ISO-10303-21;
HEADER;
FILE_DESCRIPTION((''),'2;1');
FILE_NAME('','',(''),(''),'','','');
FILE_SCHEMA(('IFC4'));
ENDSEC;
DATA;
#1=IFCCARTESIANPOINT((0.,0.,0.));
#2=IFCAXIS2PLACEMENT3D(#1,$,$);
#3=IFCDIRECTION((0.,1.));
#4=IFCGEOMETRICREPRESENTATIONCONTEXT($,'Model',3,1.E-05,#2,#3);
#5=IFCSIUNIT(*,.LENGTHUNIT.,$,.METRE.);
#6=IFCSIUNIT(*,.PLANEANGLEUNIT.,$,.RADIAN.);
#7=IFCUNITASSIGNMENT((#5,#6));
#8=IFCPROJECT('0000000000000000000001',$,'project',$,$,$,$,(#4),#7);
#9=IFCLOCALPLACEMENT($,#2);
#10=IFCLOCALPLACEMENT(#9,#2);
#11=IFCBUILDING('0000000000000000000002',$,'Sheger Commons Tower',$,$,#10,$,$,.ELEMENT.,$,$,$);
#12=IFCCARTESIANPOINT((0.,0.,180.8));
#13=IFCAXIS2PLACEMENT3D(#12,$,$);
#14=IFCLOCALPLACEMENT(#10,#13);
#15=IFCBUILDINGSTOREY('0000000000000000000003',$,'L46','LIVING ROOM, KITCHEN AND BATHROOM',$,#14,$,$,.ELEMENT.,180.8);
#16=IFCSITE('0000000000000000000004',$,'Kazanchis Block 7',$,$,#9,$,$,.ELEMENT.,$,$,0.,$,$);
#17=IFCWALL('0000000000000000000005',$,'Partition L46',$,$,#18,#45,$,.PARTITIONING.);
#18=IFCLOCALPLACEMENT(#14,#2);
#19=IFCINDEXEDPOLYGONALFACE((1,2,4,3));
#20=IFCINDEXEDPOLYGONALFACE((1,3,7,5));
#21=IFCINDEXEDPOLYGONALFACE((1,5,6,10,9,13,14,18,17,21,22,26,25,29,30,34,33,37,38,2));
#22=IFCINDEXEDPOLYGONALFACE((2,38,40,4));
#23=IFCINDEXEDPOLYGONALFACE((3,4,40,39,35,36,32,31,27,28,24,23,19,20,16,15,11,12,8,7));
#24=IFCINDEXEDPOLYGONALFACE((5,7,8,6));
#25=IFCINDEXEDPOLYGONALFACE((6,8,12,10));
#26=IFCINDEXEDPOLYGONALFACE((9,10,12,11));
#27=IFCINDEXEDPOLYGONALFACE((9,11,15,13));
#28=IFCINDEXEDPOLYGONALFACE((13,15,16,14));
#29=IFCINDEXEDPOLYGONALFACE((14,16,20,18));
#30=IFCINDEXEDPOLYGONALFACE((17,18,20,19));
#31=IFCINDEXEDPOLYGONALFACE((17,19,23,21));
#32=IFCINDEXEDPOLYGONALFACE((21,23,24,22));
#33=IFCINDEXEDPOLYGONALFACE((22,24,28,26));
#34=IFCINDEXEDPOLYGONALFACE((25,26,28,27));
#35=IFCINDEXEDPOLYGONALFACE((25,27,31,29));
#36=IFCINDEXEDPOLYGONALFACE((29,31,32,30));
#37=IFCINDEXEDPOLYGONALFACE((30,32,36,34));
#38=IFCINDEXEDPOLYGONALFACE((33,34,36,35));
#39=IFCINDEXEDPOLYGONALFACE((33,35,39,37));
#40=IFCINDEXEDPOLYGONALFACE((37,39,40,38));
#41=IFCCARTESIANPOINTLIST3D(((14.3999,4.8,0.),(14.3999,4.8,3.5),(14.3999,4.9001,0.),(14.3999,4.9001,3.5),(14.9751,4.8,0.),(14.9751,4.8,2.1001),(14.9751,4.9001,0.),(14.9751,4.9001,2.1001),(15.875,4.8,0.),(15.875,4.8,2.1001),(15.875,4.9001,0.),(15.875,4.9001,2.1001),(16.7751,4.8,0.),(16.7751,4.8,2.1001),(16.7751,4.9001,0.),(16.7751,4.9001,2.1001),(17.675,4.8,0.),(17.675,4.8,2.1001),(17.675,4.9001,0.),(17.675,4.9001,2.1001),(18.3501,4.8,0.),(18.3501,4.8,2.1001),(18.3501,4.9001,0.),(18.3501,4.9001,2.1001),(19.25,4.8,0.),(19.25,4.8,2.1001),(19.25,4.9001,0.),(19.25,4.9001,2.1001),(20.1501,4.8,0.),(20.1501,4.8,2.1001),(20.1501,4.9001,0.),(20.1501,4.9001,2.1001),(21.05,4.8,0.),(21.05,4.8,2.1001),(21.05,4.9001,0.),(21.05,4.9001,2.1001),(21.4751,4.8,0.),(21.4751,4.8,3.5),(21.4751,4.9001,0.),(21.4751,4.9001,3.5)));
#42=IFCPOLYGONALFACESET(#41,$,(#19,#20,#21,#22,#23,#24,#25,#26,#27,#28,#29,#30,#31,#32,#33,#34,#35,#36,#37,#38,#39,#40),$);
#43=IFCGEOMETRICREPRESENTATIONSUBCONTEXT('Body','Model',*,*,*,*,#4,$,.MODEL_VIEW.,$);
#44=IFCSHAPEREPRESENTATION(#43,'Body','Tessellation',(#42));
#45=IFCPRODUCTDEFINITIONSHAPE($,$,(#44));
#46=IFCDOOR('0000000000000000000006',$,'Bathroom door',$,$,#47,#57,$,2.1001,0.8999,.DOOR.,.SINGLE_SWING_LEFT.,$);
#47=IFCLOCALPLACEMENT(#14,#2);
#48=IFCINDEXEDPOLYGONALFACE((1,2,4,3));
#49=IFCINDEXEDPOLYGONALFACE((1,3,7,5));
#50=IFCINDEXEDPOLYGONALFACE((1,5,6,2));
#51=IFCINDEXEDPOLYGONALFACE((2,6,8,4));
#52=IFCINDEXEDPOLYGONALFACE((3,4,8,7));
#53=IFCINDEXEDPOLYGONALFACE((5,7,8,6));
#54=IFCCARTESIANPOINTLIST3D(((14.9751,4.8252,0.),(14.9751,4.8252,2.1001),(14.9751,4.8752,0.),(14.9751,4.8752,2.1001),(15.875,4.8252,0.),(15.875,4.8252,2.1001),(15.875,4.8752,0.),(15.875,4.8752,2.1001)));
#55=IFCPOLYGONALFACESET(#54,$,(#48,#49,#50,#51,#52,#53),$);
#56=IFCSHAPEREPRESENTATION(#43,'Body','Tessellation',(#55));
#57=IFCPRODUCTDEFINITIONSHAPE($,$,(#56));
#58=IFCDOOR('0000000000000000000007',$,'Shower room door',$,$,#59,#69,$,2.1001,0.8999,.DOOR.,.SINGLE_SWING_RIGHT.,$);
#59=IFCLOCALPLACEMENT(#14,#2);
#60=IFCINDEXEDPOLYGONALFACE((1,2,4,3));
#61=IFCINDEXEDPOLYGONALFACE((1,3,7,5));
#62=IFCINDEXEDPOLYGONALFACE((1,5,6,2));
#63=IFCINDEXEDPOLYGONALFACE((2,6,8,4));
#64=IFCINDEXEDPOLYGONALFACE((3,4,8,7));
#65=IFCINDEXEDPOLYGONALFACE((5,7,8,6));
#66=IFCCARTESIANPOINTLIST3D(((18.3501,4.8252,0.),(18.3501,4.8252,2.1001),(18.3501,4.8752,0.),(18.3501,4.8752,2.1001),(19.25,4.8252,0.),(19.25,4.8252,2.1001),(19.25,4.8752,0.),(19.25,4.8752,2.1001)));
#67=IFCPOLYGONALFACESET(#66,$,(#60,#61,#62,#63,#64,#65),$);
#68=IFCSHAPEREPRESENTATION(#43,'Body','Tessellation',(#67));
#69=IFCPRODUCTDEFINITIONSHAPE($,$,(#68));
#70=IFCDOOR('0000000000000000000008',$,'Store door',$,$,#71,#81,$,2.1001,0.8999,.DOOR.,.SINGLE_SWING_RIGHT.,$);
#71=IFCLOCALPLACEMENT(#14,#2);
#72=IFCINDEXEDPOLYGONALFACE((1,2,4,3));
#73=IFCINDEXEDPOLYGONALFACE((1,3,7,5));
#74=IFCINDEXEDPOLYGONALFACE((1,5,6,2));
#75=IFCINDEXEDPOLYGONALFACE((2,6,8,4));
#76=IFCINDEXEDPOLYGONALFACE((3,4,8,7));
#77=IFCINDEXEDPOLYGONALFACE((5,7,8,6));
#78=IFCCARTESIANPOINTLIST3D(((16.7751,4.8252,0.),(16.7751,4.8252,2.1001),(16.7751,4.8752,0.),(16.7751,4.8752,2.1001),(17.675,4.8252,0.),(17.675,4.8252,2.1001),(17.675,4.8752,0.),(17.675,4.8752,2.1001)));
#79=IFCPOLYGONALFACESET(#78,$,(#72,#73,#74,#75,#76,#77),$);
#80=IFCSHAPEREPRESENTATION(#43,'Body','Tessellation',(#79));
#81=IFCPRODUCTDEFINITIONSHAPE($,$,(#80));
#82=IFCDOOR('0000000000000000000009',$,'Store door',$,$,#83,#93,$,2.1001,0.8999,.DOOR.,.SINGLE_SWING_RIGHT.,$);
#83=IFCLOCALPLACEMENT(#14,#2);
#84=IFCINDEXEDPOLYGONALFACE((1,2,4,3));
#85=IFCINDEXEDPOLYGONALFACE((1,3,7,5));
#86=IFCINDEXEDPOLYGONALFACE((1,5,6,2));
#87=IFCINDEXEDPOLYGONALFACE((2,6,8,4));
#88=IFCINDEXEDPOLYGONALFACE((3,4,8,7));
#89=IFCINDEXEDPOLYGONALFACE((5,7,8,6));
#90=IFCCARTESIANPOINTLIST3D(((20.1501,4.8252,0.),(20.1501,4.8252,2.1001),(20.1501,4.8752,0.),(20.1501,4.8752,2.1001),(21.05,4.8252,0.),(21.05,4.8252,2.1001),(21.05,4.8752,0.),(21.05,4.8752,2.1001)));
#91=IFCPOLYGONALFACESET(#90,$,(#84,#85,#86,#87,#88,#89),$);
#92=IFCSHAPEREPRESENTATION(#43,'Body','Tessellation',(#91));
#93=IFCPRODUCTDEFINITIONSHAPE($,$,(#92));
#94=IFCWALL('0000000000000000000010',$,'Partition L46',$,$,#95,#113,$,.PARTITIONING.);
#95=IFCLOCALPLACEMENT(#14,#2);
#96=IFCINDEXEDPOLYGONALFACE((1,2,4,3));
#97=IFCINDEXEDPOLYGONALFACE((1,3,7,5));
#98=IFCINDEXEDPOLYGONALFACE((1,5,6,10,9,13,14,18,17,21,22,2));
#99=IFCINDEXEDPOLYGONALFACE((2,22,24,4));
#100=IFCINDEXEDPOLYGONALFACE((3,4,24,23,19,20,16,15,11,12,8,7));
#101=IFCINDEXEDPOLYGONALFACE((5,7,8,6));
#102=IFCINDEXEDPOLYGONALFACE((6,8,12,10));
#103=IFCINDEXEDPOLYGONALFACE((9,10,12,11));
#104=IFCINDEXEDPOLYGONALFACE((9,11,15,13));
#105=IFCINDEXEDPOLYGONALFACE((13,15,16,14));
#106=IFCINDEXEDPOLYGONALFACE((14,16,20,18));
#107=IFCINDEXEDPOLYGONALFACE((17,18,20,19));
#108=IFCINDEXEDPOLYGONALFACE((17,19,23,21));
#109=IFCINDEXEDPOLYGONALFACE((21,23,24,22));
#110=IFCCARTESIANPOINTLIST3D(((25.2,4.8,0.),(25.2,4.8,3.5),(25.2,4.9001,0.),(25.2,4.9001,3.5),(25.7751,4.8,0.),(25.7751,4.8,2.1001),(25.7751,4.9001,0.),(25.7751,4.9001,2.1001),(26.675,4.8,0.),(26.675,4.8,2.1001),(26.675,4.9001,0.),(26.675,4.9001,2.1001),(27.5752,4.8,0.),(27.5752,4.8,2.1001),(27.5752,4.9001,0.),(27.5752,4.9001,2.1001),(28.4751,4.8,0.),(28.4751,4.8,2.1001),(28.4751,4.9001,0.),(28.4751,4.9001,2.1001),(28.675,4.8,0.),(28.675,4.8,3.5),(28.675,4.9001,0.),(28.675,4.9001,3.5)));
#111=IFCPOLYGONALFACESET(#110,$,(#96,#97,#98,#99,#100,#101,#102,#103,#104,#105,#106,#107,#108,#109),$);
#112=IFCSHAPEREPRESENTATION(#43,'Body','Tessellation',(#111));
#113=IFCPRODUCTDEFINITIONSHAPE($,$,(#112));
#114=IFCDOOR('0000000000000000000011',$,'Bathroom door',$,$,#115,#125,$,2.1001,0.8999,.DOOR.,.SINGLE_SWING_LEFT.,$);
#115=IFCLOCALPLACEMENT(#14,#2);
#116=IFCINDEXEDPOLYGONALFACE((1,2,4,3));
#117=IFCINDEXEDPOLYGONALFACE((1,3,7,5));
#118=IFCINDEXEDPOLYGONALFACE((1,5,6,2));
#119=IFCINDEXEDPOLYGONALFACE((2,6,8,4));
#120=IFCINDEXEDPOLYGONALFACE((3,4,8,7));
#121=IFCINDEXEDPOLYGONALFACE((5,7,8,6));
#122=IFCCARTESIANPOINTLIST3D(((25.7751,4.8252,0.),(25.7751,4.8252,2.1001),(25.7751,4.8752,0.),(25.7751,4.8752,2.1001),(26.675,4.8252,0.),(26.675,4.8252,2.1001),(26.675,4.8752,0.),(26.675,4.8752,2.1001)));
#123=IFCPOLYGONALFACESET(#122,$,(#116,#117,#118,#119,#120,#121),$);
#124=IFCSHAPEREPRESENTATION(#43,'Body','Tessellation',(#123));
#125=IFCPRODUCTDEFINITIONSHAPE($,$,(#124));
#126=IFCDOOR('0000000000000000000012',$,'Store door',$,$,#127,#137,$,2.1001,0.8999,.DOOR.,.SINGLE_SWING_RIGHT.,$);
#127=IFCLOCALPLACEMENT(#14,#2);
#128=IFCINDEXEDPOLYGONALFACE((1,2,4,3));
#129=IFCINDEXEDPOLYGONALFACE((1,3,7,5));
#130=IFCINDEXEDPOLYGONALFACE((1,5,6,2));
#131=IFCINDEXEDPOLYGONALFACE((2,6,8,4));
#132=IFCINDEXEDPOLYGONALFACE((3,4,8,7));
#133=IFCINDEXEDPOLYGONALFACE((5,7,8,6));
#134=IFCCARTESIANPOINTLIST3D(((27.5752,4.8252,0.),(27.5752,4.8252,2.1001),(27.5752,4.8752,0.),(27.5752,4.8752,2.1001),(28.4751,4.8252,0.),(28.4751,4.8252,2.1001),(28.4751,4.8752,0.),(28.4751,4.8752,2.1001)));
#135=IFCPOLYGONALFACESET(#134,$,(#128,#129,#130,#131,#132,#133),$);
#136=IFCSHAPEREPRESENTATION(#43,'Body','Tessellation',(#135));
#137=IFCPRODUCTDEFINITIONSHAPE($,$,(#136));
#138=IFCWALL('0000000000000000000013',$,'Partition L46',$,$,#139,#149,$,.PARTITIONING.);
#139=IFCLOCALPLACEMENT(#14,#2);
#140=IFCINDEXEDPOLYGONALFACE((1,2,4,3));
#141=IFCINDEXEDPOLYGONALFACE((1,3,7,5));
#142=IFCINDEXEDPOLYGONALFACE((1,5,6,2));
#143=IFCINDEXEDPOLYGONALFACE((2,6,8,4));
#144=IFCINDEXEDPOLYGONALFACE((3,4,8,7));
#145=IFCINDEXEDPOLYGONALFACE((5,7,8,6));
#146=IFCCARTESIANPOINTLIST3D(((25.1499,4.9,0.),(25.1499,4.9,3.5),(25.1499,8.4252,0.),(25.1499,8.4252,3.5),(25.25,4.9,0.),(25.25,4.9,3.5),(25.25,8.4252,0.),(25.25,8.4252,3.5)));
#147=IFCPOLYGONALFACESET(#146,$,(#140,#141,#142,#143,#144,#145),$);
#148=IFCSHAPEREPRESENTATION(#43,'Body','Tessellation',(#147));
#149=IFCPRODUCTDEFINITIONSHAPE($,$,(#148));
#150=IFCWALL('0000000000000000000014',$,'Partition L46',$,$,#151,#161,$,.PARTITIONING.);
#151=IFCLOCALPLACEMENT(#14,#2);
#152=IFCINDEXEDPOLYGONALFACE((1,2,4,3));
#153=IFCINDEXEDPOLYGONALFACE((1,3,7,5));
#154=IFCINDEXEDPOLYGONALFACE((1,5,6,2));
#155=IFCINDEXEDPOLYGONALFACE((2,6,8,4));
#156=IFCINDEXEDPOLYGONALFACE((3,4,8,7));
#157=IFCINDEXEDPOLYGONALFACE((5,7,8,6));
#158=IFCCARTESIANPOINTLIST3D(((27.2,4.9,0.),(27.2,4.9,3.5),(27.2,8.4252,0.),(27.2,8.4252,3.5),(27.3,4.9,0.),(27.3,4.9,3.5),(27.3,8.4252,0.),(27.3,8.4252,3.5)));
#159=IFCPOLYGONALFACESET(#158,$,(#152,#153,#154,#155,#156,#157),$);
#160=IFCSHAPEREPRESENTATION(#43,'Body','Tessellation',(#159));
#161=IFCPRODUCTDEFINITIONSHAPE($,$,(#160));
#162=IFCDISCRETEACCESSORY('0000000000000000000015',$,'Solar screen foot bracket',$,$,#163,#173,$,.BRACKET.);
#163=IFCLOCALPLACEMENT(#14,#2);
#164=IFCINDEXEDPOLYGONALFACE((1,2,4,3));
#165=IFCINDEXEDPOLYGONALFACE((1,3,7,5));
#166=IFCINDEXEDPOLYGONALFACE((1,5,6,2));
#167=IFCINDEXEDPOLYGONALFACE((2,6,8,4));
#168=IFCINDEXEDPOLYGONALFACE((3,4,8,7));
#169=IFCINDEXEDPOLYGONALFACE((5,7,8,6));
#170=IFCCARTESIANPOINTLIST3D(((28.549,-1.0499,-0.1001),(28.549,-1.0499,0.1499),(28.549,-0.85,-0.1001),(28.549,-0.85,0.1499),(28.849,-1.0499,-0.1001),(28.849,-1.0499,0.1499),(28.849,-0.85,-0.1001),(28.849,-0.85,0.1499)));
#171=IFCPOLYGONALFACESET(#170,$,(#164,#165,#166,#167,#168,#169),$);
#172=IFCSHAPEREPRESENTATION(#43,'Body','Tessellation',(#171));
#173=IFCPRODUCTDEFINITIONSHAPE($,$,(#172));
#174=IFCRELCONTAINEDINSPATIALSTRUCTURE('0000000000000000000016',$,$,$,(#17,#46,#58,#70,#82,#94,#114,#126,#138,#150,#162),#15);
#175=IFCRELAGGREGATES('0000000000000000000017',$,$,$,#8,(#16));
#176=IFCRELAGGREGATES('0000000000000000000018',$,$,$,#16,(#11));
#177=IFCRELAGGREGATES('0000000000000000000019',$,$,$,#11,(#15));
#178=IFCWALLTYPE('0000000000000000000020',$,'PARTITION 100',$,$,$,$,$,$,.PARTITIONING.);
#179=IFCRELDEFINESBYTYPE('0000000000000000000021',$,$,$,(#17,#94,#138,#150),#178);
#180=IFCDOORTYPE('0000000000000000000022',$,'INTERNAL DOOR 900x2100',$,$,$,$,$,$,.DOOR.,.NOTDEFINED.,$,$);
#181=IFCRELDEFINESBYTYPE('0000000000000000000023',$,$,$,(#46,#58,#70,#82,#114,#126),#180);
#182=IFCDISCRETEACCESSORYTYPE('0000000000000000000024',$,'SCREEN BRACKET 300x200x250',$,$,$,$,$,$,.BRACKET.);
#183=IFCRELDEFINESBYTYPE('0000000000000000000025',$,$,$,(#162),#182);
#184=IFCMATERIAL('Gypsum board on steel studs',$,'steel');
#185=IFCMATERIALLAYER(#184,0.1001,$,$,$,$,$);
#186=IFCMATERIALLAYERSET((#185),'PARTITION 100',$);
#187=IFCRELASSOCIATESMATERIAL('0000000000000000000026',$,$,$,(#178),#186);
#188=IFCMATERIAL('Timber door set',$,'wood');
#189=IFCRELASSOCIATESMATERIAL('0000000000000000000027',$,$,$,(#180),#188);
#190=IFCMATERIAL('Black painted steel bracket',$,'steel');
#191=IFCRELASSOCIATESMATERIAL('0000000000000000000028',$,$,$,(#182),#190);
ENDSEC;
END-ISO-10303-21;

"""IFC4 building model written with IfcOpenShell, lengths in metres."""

from ifc_helpers import new_model, si_unit, direction, frame, frame_2d, origin, origin_2d, place, context, subcontext, project, spatial, rectangle, extrude, material, layer, layer_set, type_object, element, fill, save


model = new_model("IFC4")

# Units and contexts
model_context = context("Model", 3, precision=1e-05, world=origin(), true_north=direction((0.0, 1.0)))
body_context = subcontext(model_context, "Body", "Model", "MODEL_VIEW")
ifc_project = project(units=[si_unit("LENGTHUNIT", "METRE"), si_unit("PLANEANGLEUNIT", "RADIAN")], contexts=[model_context])

# Site, building, storey
site_placement = place(None, origin())
site = spatial("IfcSite", under=ifc_project, at=site_placement, Name="Kazanchis Block 7", CompositionType="ELEMENT", RefElevation=0.0)
building_placement = place(site_placement, origin())
building = spatial("IfcBuilding", under=site, at=building_placement, Name="Sheger Commons Tower", CompositionType="ELEMENT")
storey_placement = place(building_placement, frame((0.0, 0.0, 180.8)))
storey = spatial("IfcBuildingStorey", under=building, at=storey_placement, Name="L46", Description="LIVING ROOM, KITCHEN AND BATHROOM", CompositionType="ELEMENT", Elevation=180.8)

# Walls, openings, doors
ifc_material_1 = material(Name="Gypsum board on steel studs", Category="steel")
ifc_layer_1 = layer(ifc_material_1, 0.1001)
ifc_layer_set_1 = layer_set([ifc_layer_1], Name="PARTITION 100")
wall_type_1 = type_object("IfcWallType", Name="PARTITION 100", PredefinedType="PARTITIONING", material=ifc_layer_set_1)
ifc_material_2 = material(Name="Timber door set", Category="wood")
door_type = type_object("IfcDoorType", Name="INTERNAL DOOR 900x2100", OperationType="NOTDEFINED", PredefinedType="DOOR", material=ifc_material_2)
wall_1_placement = place(storey_placement, frame((21.4751, 4.8501, 0.0), z_axis=(0.0, 0.0, 1.0), x_axis=(-1.0, 0.0, 0.0)))
wall_1 = element("IfcWall", 1, at=wall_1_placement, inside=storey, type_object=wall_type_1, Name="Partition L46", PredefinedType="PARTITIONING", context=body_context, shape_type="SweptSolid", body=[
    extrude(rectangle(XDim=7.0752, YDim=0.1001, at=frame_2d((3.5376, 0.0))), origin(), (0.0, 0.0, 1.0), 3.5),
])
opening_1_placement = place(wall_1_placement, frame((5.6001, 0.0, 0.0)))
opening_1 = element("IfcOpeningElement", 2, at=opening_1_placement, cuts=wall_1, PredefinedType="OPENING", context=body_context, shape_type="SweptSolid", body=[
    extrude(rectangle(XDim=0.8999, YDim=2.1001, at=frame_2d((0.45, 1.05))), frame((0.0, 0.0601, 0.0), z_axis=(0.0, -1.0, 0.0), x_axis=(1.0, 0.0, 0.0)), (0.0, 0.0, 1.0), 0.1201),
])
opening_2_placement = place(wall_1_placement, frame((2.2251, 0.0, 0.0)))
opening_2 = element("IfcOpeningElement", 3, at=opening_2_placement, cuts=wall_1, PredefinedType="OPENING", context=body_context, shape_type="SweptSolid", body=[
    extrude(rectangle(XDim=0.8999, YDim=2.1001, at=frame_2d((0.45, 1.05))), frame((0.0, 0.0601, 0.0), z_axis=(0.0, -1.0, 0.0), x_axis=(1.0, 0.0, 0.0)), (0.0, 0.0, 1.0), 0.1201),
])
opening_3_placement = place(wall_1_placement, frame((3.8, 0.0, 0.0)))
opening_3 = element("IfcOpeningElement", 4, at=opening_3_placement, cuts=wall_1, PredefinedType="OPENING", context=body_context, shape_type="SweptSolid", body=[
    extrude(rectangle(XDim=0.8999, YDim=2.1001, at=frame_2d((0.45, 1.05))), frame((0.0, 0.0601, 0.0), z_axis=(0.0, -1.0, 0.0), x_axis=(1.0, 0.0, 0.0)), (0.0, 0.0, 1.0), 0.1201),
])
opening_4_placement = place(wall_1_placement, frame((0.425, 0.0, 0.0)))
opening_4 = element("IfcOpeningElement", 5, at=opening_4_placement, cuts=wall_1, PredefinedType="OPENING", context=body_context, shape_type="SweptSolid", body=[
    extrude(rectangle(XDim=0.8999, YDim=2.1001, at=frame_2d((0.45, 1.05))), frame((0.0, 0.0601, 0.0), z_axis=(0.0, -1.0, 0.0), x_axis=(1.0, 0.0, 0.0)), (0.0, 0.0, 1.0), 0.1201),
])
door_1_placement = place(opening_1_placement, origin())
door_1 = element("IfcDoor", 6, at=door_1_placement, inside=storey, type_object=door_type, Name="Bathroom door", OperationType="SINGLE_SWING_LEFT", OverallHeight=2.1001, OverallWidth=0.8999, PredefinedType="DOOR", context=body_context, shape_type="SweptSolid", body=[
    extrude(rectangle(XDim=0.8999, YDim=2.1001, at=frame_2d((0.45, 1.05))), frame((0.0, 0.0249, 0.0), z_axis=(0.0, -1.0, 0.0), x_axis=(1.0, 0.0, 0.0)), (0.0, 0.0, 1.0), 0.05),
])
fill(opening_1, door_1)
door_2_placement = place(opening_2_placement, origin())
door_2 = element("IfcDoor", 7, at=door_2_placement, inside=storey, type_object=door_type, Name="Shower room door", OperationType="SINGLE_SWING_RIGHT", OverallHeight=2.1001, OverallWidth=0.8999, PredefinedType="DOOR", context=body_context, shape_type="SweptSolid", body=[
    extrude(rectangle(XDim=0.8999, YDim=2.1001, at=frame_2d((0.45, 1.05))), frame((0.0, 0.0249, 0.0), z_axis=(0.0, -1.0, 0.0), x_axis=(1.0, 0.0, 0.0)), (0.0, 0.0, 1.0), 0.05),
])
fill(opening_2, door_2)
door_3_placement = place(opening_3_placement, origin())
door_3 = element("IfcDoor", 8, at=door_3_placement, inside=storey, type_object=door_type, Name="Store door", OperationType="SINGLE_SWING_RIGHT", OverallHeight=2.1001, OverallWidth=0.8999, PredefinedType="DOOR", context=body_context, shape_type="SweptSolid", body=[
    extrude(rectangle(XDim=0.8999, YDim=2.1001, at=frame_2d((0.45, 1.05))), frame((0.0, 0.0249, 0.0), z_axis=(0.0, -1.0, 0.0), x_axis=(1.0, 0.0, 0.0)), (0.0, 0.0, 1.0), 0.05),
])
fill(opening_3, door_3)
door_4_placement = place(opening_4_placement, origin())
door_4 = element("IfcDoor", 9, at=door_4_placement, inside=storey, type_object=door_type, Name="Store door", OperationType="SINGLE_SWING_RIGHT", OverallHeight=2.1001, OverallWidth=0.8999, PredefinedType="DOOR", context=body_context, shape_type="SweptSolid", body=[
    extrude(rectangle(XDim=0.8999, YDim=2.1001, at=frame_2d((0.45, 1.05))), frame((0.0, 0.0249, 0.0), z_axis=(0.0, -1.0, 0.0), x_axis=(1.0, 0.0, 0.0)), (0.0, 0.0, 1.0), 0.05),
])
fill(opening_4, door_4)
wall_2_placement = place(storey_placement, frame((28.675, 4.8501, 0.0), z_axis=(0.0, 0.0, 1.0), x_axis=(-1.0, 0.0, 0.0)))
wall_2 = element("IfcWall", 10, at=wall_2_placement, inside=storey, type_object=wall_type_1, Name="Partition L46", PredefinedType="PARTITIONING", context=body_context, shape_type="SweptSolid", body=[
    extrude(rectangle(XDim=3.4751, YDim=0.1001, at=frame_2d((1.7375, 0.0))), origin(), (0.0, 0.0, 1.0), 3.5),
])
opening_5_placement = place(wall_2_placement, frame((2.0, 0.0, 0.0)))
opening_5 = element("IfcOpeningElement", 11, at=opening_5_placement, cuts=wall_2, PredefinedType="OPENING", context=body_context, shape_type="SweptSolid", body=[
    extrude(rectangle(XDim=0.8999, YDim=2.1001, at=frame_2d((0.45, 1.05))), frame((0.0, 0.0601, 0.0), z_axis=(0.0, -1.0, 0.0), x_axis=(1.0, 0.0, 0.0)), (0.0, 0.0, 1.0), 0.1201),
])
opening_6_placement = place(wall_2_placement, frame((0.2, 0.0, 0.0)))
opening_6 = element("IfcOpeningElement", 12, at=opening_6_placement, cuts=wall_2, PredefinedType="OPENING", context=body_context, shape_type="SweptSolid", body=[
    extrude(rectangle(XDim=0.8999, YDim=2.1001, at=frame_2d((0.45, 1.05))), frame((0.0, 0.0601, 0.0), z_axis=(0.0, -1.0, 0.0), x_axis=(1.0, 0.0, 0.0)), (0.0, 0.0, 1.0), 0.1201),
])
door_5_placement = place(opening_5_placement, origin())
door_5 = element("IfcDoor", 13, at=door_5_placement, inside=storey, type_object=door_type, Name="Bathroom door", OperationType="SINGLE_SWING_LEFT", OverallHeight=2.1001, OverallWidth=0.8999, PredefinedType="DOOR", context=body_context, shape_type="SweptSolid", body=[
    extrude(rectangle(XDim=0.8999, YDim=2.1001, at=frame_2d((0.45, 1.05))), frame((0.0, 0.0249, 0.0), z_axis=(0.0, -1.0, 0.0), x_axis=(1.0, 0.0, 0.0)), (0.0, 0.0, 1.0), 0.05),
])
fill(opening_5, door_5)
door_6_placement = place(opening_6_placement, origin())
door_6 = element("IfcDoor", 14, at=door_6_placement, inside=storey, type_object=door_type, Name="Store door", OperationType="SINGLE_SWING_RIGHT", OverallHeight=2.1001, OverallWidth=0.8999, PredefinedType="DOOR", context=body_context, shape_type="SweptSolid", body=[
    extrude(rectangle(XDim=0.8999, YDim=2.1001, at=frame_2d((0.45, 1.05))), frame((0.0, 0.0249, 0.0), z_axis=(0.0, -1.0, 0.0), x_axis=(1.0, 0.0, 0.0)), (0.0, 0.0, 1.0), 0.05),
])
fill(opening_6, door_6)

# Walls
for number, where, z_axis, x_axis, name in (
    (15, (25.2, 4.8999, 0.0), (0.0, 0.0, 1.0), (0.0, 1.0, 0.0), "Partition L46"),
    (16, (27.25, 4.8999, 0.0), (0.0, 0.0, 1.0), (0.0, 1.0, 0.0), "Partition L46"),
):
    element("IfcWall", number, at=place(storey_placement, frame(where, z_axis=z_axis, x_axis=x_axis)), inside=storey, type_object=wall_type_1, Name=name, PredefinedType="PARTITIONING", context=body_context, shape_type="SweptSolid", body=[
        extrude(rectangle(XDim=3.5251, YDim=0.1001, at=frame_2d((1.7627, 0.0))), origin(), (0.0, 0.0, 1.0), 3.5),
    ])

# Discrete accessory
ifc_material_3 = material(Name="Black painted steel bracket", Category="steel")
discrete_accessory_type = type_object("IfcDiscreteAccessoryType", Name="SCREEN BRACKET 300x200x250", PredefinedType="BRACKET", material=ifc_material_3)
for number, where, z_axis, x_axis, name in (
    (17, (28.699, -0.95, -0.1001), (0.0, 0.0, 1.0), (1.0, 0.0, 0.0), "Solar screen foot bracket"),
):
    element("IfcDiscreteAccessory", number, at=place(storey_placement, frame(where, z_axis=z_axis, x_axis=x_axis)), inside=storey, type_object=discrete_accessory_type, Name=name, PredefinedType="BRACKET", context=body_context, shape_type="SweptSolid", body=[
        extrude(rectangle(XDim=0.3, YDim=0.2, at=origin_2d()), origin(), (0.0, 0.0, 1.0), 0.25),
    ])

save(model, "model.ifc")
